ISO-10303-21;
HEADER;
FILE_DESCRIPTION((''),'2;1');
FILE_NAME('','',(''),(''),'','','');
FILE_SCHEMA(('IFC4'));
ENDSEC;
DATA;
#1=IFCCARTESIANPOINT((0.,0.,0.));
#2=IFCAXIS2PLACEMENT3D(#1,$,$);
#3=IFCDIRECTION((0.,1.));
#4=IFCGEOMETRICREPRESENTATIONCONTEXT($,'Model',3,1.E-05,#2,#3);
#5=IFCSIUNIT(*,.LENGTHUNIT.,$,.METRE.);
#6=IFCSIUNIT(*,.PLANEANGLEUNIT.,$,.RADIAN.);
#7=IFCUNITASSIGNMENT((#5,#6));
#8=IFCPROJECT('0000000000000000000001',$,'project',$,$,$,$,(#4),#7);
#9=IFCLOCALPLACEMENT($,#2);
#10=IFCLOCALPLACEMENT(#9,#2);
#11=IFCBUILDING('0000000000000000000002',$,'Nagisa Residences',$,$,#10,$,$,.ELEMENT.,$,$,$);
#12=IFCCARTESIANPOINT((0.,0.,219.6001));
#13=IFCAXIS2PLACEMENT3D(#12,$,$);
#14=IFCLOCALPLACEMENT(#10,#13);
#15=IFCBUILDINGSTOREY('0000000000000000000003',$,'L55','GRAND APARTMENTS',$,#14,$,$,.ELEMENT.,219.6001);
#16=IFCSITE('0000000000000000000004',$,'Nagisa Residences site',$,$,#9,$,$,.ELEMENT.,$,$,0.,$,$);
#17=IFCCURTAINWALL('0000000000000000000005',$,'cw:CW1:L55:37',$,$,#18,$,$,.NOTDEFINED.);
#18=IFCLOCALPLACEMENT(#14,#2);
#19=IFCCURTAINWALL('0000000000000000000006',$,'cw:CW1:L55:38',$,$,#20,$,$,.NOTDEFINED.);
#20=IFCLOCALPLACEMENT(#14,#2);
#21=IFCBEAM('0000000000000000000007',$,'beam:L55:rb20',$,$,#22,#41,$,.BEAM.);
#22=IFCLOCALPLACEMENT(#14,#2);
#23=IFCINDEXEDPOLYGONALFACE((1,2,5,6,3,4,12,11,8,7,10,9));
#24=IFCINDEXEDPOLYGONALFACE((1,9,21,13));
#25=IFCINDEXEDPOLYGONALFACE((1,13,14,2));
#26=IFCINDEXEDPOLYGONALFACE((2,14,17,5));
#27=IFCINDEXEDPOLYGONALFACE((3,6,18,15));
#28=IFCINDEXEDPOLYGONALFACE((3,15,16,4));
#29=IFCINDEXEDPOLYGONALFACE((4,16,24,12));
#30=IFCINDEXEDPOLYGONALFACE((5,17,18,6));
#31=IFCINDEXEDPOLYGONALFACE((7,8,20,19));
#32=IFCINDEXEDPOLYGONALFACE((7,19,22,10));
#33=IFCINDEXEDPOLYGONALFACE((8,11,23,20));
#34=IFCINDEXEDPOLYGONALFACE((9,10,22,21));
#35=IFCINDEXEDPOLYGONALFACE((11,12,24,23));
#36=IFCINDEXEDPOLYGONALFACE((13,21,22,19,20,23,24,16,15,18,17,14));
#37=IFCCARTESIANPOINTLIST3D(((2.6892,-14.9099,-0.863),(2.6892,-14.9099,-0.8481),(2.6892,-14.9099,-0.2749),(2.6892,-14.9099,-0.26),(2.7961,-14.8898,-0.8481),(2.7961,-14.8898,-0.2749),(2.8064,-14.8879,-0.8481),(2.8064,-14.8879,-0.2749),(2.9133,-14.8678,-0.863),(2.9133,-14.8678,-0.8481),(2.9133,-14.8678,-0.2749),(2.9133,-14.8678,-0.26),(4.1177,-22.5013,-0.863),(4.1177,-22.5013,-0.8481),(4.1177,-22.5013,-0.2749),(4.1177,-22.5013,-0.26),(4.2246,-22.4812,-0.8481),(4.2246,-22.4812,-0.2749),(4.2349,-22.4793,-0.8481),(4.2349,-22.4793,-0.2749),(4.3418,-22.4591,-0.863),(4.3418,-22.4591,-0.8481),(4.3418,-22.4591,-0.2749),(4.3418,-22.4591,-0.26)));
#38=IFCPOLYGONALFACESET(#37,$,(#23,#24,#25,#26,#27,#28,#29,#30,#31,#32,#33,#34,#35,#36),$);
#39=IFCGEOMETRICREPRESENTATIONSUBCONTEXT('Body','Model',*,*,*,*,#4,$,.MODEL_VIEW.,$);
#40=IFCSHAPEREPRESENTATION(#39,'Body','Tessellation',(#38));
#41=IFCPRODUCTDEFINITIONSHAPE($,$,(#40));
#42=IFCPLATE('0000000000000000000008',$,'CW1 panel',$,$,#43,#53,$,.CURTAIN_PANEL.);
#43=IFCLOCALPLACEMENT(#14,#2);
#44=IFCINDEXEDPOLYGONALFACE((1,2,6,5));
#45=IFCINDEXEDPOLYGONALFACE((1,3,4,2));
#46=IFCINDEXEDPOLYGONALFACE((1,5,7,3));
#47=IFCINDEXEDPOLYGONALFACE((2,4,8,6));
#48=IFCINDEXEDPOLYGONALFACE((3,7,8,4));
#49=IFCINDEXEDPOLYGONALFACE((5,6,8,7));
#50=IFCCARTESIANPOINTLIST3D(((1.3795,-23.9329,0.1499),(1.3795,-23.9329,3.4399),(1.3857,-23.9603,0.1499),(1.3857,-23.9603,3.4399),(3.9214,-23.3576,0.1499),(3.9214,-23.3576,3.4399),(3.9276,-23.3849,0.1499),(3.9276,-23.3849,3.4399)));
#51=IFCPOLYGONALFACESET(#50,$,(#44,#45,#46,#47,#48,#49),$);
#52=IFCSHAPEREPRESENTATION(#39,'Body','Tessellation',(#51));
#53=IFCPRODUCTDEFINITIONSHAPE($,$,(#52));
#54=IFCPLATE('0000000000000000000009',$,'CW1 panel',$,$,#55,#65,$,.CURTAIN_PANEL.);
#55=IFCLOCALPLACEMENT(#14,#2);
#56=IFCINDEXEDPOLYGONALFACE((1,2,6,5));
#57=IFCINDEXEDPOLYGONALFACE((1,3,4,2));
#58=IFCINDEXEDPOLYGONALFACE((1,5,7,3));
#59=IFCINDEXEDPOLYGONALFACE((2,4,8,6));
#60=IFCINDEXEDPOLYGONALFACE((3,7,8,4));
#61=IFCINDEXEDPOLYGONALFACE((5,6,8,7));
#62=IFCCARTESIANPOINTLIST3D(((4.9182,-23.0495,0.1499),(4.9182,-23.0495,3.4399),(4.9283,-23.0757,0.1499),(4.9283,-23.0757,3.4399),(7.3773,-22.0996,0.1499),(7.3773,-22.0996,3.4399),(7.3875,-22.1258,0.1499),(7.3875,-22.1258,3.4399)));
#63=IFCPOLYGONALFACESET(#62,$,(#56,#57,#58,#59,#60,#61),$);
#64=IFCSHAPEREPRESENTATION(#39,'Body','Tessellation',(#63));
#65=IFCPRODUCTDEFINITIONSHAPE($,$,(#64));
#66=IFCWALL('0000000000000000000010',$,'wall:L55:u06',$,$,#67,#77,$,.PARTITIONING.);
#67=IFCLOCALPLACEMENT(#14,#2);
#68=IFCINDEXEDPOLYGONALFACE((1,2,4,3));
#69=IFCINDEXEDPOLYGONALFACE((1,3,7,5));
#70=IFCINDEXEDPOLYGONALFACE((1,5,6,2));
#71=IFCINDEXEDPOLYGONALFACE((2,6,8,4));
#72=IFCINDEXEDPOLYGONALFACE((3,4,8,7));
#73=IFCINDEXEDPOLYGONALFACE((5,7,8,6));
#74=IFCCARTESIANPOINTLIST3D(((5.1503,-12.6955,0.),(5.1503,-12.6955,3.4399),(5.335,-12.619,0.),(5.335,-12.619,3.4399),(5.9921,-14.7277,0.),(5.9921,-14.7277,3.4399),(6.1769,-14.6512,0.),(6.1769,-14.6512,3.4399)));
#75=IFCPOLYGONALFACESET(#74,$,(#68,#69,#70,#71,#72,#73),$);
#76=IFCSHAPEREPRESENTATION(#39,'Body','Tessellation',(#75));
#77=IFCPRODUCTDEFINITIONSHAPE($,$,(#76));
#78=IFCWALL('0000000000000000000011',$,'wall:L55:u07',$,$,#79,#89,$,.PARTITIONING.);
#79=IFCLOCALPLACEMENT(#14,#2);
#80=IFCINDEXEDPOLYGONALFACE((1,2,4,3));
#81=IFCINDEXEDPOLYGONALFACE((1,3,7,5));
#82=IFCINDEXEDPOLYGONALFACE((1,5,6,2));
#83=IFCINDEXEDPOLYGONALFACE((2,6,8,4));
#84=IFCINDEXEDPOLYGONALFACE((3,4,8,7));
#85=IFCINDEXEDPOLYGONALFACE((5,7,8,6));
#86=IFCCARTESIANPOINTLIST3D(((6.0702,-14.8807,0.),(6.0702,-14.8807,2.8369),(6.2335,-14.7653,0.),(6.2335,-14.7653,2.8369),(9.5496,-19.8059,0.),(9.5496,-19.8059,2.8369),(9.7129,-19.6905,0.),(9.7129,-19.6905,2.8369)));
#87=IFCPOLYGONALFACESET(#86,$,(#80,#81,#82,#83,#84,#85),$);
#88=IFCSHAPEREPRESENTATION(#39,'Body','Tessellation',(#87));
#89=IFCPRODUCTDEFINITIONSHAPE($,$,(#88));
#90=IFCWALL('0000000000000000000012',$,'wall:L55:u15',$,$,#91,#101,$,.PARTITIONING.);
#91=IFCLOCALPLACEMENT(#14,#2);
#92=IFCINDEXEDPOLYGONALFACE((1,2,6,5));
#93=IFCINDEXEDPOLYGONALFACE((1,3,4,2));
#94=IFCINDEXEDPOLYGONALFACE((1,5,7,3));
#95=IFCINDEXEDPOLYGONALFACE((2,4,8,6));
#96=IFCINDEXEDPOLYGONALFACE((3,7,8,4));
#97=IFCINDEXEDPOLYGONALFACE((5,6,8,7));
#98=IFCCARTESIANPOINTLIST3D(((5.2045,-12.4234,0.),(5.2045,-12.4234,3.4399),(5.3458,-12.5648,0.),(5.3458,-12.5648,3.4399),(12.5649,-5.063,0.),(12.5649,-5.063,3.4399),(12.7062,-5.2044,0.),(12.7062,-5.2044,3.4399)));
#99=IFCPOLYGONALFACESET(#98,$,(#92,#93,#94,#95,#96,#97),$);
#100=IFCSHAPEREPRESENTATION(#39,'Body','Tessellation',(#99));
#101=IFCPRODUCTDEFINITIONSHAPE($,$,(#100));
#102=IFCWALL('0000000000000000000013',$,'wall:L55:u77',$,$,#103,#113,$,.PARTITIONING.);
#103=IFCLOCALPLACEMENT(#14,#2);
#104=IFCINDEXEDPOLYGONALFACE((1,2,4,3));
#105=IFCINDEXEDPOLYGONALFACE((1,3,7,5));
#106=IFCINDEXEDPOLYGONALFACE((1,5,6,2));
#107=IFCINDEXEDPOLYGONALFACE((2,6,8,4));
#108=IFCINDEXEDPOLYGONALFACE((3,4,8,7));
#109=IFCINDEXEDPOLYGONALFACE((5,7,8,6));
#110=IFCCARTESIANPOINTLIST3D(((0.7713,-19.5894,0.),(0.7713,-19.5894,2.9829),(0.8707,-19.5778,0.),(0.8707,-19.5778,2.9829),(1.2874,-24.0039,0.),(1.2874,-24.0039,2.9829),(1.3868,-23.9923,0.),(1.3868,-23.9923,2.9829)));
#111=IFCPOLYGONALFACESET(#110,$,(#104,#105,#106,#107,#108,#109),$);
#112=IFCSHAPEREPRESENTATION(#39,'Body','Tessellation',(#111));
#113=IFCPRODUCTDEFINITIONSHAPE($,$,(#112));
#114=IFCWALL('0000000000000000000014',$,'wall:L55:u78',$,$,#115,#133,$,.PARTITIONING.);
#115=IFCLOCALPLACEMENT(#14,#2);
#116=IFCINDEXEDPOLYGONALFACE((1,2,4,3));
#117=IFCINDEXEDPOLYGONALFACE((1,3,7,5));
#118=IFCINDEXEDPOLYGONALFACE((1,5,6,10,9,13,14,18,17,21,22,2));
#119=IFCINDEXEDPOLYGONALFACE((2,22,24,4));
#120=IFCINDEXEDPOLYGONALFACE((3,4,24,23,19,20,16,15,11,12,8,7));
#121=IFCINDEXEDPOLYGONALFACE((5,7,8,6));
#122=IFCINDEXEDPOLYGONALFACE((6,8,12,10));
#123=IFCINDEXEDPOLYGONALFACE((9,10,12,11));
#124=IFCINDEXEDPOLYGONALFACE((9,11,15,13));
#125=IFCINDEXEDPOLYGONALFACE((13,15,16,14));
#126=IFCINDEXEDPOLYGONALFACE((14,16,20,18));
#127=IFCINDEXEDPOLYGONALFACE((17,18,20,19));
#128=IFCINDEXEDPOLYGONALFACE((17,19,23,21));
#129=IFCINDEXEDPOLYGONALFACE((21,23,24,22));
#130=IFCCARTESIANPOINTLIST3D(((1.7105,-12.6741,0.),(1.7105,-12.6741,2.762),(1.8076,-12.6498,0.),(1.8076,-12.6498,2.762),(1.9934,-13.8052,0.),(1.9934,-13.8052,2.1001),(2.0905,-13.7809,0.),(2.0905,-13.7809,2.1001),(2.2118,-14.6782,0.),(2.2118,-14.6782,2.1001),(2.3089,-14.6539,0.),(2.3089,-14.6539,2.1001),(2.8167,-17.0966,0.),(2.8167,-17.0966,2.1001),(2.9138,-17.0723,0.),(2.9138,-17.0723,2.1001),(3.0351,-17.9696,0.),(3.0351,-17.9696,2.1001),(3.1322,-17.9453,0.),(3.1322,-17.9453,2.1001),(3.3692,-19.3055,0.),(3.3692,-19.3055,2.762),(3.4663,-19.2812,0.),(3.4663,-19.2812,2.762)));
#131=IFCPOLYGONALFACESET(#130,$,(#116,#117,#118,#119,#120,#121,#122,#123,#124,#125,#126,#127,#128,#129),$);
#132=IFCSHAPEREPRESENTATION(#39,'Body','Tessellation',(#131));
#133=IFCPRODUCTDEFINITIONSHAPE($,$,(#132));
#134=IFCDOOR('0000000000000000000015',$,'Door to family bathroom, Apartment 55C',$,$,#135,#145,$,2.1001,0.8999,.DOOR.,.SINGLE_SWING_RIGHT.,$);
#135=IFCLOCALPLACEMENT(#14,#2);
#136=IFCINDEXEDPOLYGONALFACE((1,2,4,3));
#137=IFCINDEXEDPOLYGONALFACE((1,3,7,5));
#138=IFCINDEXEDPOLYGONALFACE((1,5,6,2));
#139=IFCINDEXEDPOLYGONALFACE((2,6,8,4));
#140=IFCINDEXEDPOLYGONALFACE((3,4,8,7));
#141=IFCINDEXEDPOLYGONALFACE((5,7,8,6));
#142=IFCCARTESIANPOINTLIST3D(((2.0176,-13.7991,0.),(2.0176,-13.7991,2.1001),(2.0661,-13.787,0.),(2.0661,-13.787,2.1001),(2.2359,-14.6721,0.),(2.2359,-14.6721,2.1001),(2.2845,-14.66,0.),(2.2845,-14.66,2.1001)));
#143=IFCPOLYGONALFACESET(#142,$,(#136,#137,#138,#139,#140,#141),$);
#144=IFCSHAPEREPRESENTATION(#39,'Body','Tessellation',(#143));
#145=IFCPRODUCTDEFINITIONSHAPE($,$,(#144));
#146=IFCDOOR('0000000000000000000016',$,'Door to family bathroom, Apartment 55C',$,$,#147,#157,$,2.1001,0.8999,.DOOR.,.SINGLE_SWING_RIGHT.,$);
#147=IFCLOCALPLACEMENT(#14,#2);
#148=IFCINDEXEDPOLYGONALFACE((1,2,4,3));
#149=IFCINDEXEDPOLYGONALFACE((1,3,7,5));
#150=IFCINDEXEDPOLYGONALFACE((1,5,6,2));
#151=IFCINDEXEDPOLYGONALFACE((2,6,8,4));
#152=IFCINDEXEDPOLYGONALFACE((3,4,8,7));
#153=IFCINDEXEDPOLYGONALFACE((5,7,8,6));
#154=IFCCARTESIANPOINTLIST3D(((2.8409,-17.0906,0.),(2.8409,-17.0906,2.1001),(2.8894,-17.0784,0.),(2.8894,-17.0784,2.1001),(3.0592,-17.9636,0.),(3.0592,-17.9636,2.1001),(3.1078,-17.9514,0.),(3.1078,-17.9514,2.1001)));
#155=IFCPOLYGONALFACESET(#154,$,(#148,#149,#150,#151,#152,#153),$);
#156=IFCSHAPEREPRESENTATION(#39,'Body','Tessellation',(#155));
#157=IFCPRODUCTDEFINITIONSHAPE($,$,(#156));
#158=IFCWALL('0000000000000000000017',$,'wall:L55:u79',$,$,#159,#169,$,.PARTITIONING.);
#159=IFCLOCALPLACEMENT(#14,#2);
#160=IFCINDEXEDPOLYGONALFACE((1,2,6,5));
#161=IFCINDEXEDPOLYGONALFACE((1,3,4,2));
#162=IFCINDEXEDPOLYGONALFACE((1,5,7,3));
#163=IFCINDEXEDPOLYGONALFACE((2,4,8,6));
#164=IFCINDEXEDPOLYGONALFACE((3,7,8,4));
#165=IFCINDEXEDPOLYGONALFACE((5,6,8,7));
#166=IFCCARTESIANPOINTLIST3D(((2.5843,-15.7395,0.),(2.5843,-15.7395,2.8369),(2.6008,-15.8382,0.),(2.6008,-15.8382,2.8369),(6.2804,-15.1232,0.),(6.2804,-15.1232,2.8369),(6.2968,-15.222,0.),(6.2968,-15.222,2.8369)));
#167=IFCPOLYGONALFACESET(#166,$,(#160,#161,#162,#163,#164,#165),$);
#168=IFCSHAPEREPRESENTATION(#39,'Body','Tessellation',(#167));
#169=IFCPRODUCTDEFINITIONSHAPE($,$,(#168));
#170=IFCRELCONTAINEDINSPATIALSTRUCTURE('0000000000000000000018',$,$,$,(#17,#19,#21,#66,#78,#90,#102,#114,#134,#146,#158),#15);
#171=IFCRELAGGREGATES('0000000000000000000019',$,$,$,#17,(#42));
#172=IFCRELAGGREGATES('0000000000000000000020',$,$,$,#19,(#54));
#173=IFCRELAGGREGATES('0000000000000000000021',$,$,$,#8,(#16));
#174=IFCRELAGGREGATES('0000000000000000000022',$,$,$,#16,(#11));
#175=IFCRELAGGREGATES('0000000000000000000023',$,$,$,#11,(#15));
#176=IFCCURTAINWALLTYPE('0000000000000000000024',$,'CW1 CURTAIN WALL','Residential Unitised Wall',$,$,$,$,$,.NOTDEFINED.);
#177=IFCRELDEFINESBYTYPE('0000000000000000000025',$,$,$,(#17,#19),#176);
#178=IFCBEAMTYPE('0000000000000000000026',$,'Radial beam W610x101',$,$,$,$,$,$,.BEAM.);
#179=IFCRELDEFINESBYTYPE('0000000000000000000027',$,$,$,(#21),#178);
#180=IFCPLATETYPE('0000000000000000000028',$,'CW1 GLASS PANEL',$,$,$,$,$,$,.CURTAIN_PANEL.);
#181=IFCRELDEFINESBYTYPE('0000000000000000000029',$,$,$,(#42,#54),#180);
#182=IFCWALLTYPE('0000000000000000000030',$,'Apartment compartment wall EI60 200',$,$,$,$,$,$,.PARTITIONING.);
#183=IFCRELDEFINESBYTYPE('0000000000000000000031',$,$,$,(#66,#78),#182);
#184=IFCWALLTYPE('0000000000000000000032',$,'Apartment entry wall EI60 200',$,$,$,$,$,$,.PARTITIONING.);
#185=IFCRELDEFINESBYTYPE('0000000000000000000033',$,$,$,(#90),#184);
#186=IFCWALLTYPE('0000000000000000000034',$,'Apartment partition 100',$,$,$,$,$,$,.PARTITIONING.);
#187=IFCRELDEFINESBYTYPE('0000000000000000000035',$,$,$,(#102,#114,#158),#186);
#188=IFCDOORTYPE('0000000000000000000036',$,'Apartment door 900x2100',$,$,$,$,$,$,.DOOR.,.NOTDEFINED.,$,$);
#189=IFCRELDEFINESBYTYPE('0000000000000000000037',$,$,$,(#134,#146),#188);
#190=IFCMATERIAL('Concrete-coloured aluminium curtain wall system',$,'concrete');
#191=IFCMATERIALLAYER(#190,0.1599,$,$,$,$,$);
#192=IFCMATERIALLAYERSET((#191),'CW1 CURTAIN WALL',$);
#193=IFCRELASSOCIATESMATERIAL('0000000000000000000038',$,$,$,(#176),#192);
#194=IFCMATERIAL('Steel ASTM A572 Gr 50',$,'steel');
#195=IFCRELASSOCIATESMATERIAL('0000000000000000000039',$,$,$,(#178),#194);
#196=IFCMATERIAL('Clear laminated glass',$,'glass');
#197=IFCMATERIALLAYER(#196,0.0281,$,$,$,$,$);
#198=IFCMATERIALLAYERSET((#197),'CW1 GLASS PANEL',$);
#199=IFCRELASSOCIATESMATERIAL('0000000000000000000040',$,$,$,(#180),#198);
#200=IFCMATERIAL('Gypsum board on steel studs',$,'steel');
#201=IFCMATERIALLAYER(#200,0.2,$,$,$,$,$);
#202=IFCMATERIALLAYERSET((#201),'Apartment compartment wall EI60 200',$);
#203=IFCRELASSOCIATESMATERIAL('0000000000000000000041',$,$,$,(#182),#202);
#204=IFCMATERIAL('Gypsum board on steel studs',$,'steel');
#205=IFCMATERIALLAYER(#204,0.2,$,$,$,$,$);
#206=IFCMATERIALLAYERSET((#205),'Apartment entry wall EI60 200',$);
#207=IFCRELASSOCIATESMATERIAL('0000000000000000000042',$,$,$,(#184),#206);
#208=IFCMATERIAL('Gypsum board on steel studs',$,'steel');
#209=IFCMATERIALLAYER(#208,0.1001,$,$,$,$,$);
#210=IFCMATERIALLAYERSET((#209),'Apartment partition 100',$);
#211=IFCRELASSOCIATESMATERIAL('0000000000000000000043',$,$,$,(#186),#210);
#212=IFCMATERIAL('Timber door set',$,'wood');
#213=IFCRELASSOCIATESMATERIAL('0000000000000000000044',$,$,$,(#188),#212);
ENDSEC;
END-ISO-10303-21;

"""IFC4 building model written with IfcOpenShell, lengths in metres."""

from ifc_helpers import new_model, si_unit, direction, frame, frame_2d, origin, origin_2d, place, context, subcontext, project, spatial, rectangle, i_section, extrude, material, layer, layer_set, material_profile, profile_set, type_object, element, fill, aggregate, save


model = new_model("IFC4")

# Units and contexts
model_context = context("Model", 3, precision=1e-05, world=origin(), true_north=direction((0.0, 1.0)))
body_context = subcontext(model_context, "Body", "Model", "MODEL_VIEW")
ifc_project = project(units=[si_unit("LENGTHUNIT", "METRE"), si_unit("PLANEANGLEUNIT", "RADIAN")], contexts=[model_context])

# Site, building, storey
site_placement = place(None, origin())
site = spatial("IfcSite", under=ifc_project, at=site_placement, Name="Nagisa Residences site", CompositionType="ELEMENT", RefElevation=0.0)
building_placement = place(site_placement, origin())
building = spatial("IfcBuilding", under=site, at=building_placement, Name="Nagisa Residences", CompositionType="ELEMENT")
storey_placement = place(building_placement, frame((0.0, 0.0, 219.6001)))
storey = spatial("IfcBuildingStorey", under=building, at=storey_placement, Name="L55", Description="GRAND APARTMENTS", CompositionType="ELEMENT", Elevation=219.6001)

# Curtain walls
ifc_material_1 = material(Name="Concrete-coloured aluminium curtain wall system", Category="concrete")
ifc_layer_1 = layer(ifc_material_1, 0.1599)
ifc_layer_set_1 = layer_set([ifc_layer_1], Name="CW1 CURTAIN WALL")
curtain_wall_type = type_object("IfcCurtainWallType", Name="CW1 CURTAIN WALL", Description="Residential Unitised Wall", PredefinedType="NOTDEFINED", material=ifc_layer_set_1)
curtain_wall_1_placement = place(storey_placement, origin())
curtain_wall_1 = element("IfcCurtainWall", 1, at=curtain_wall_1_placement, inside=storey, type_object=curtain_wall_type, Name="cw:CW1:L55:37", PredefinedType="NOTDEFINED")
curtain_wall_2_placement = place(storey_placement, origin())
curtain_wall_2 = element("IfcCurtainWall", 2, at=curtain_wall_2_placement, inside=storey, type_object=curtain_wall_type, Name="cw:CW1:L55:38", PredefinedType="NOTDEFINED")

# Beam
ifc_material_2 = material(Name="Steel ASTM A572 Gr 50", Category="steel")
ifc_material_profile_1 = material_profile(ifc_material_2, i_section(OverallWidth=0.228, OverallDepth=0.603, WebThickness=0.0105, FlangeThickness=0.0149, at=origin_2d()), Name="W610x101")
ifc_profile_set_1 = profile_set([ifc_material_profile_1], Name="Steel ASTM A572 Gr 50")
beam_type_1 = type_object("IfcBeamType", Name="Radial beam W610x101", PredefinedType="BEAM", material=ifc_profile_set_1)
beam_1_placement = place(storey_placement, frame((4.2297, -22.4802, -0.5615), z_axis=(-0.184926, 0.982752, 0.0), x_axis=(-0.982752, -0.184926, 0.0)))
element("IfcBeam", 3, at=beam_1_placement, inside=storey, type_object=beam_type_1, Name="beam:L55:rb20", PredefinedType="BEAM", context=body_context, shape_type="SweptSolid", body=[
    extrude(i_section(OverallWidth=0.228, OverallDepth=0.603, WebThickness=0.0105, FlangeThickness=0.0149, at=origin_2d()), origin(), (0.0, 0.0, 1.0), 7.7246),
])

# Plates
ifc_material_3 = material(Name="Clear laminated glass", Category="glass")
ifc_layer_2 = layer(ifc_material_3, 0.0281)
ifc_layer_set_2 = layer_set([ifc_layer_2], Name="CW1 GLASS PANEL")
plate_type = type_object("IfcPlateType", Name="CW1 GLASS PANEL", PredefinedType="CURTAIN_PANEL", material=ifc_layer_set_2)
plate_1_placement = place(storey_placement, frame((2.6536, -23.6589, 0.1499), z_axis=(0.0, 0.0, 1.0), x_axis=(0.975327, 0.220764, 0.0)))
plate_1 = element("IfcPlate", 4, at=plate_1_placement, type_object=plate_type, Name="CW1 panel", PredefinedType="CURTAIN_PANEL", context=body_context, shape_type="SweptSolid", body=[
    extrude(rectangle(XDim=2.6062, YDim=0.0281, at=origin_2d()), origin(), (0.0, 0.0, 1.0), 3.29),
])
aggregate(curtain_wall_1, [plate_1])
plate_2_placement = place(storey_placement, frame((6.1528, -22.5876, 0.1499), z_axis=(0.0, 0.0, 1.0), x_axis=(0.932826, 0.360328, 0.0)))
plate_2 = element("IfcPlate", 5, at=plate_2_placement, type_object=plate_type, Name="CW1 panel", PredefinedType="CURTAIN_PANEL", context=body_context, shape_type="SweptSolid", body=[
    extrude(rectangle(XDim=2.6362, YDim=0.0281, at=origin_2d()), origin(), (0.0, 0.0, 1.0), 3.29),
])
aggregate(curtain_wall_2, [plate_2])

# Walls
ifc_material_4 = material(Name="Gypsum board on steel studs", Category="steel")
ifc_layer_3 = layer(ifc_material_4, 0.2)
ifc_layer_set_3 = layer_set([ifc_layer_3], Name="Apartment compartment wall EI60 200")
wall_type_1 = type_object("IfcWallType", Name="Apartment compartment wall EI60 200", PredefinedType="PARTITIONING", material=ifc_layer_set_3)
wall_1_placement = place(storey_placement, frame((5.2427, -12.6572, 0.0), z_axis=(0.0, 0.0, 1.0), x_axis=(0.382692, -0.923876, 0.0)))
element("IfcWall", 6, at=wall_1_placement, inside=storey, type_object=wall_type_1, Name="wall:L55:u06", PredefinedType="PARTITIONING", context=body_context, shape_type="SweptSolid", body=[
    extrude(rectangle(XDim=2.1997, YDim=0.2, at=frame_2d((1.0999, 0.0))), origin(), (0.0, 0.0, 1.0), 3.4399),
])
wall_2_placement = place(storey_placement, frame((6.1519, -14.823, 0.0), z_axis=(0.0, 0.0, 1.0), x_axis=(0.576995, -0.816748, 0.0)))
element("IfcWall", 7, at=wall_2_placement, inside=storey, type_object=wall_type_1, Name="wall:L55:u07", PredefinedType="PARTITIONING", context=body_context, shape_type="SweptSolid", body=[
    extrude(rectangle(XDim=6.0303, YDim=0.2, at=frame_2d((3.0151, 0.0))), origin(), (0.0, 0.0, 1.0), 2.8369),
])
ifc_material_5 = material(Name="Gypsum board on steel studs", Category="steel")
ifc_layer_4 = layer(ifc_material_5, 0.2)
ifc_layer_set_4 = layer_set([ifc_layer_4], Name="Apartment entry wall EI60 200")
wall_type_2 = type_object("IfcWallType", Name="Apartment entry wall EI60 200", PredefinedType="PARTITIONING", material=ifc_layer_set_4)
wall_3_placement = place(storey_placement, frame((5.2751, -12.4941, 0.0), z_axis=(0.0, 0.0, 1.0), x_axis=(0.707107, 0.707107, 0.0)))
element("IfcWall", 8, at=wall_3_placement, inside=storey, type_object=wall_type_2, Name="wall:L55:u15", PredefinedType="PARTITIONING", context=body_context, shape_type="SweptSolid", body=[
    extrude(rectangle(XDim=10.4092, YDim=0.2, at=frame_2d((5.2046, 0.0))), origin(), (0.0, 0.0, 1.0), 3.4399),
])
ifc_material_6 = material(Name="Gypsum board on steel studs", Category="steel")
ifc_layer_5 = layer(ifc_material_6, 0.1001)
ifc_layer_set_5 = layer_set([ifc_layer_5], Name="Apartment partition 100")
wall_type_3 = type_object("IfcWallType", Name="Apartment partition 100", PredefinedType="PARTITIONING", material=ifc_layer_set_5)
wall_4_placement = place(storey_placement, frame((0.821, -19.5837, 0.0), z_axis=(0.0, 0.0, 1.0), x_axis=(0.116121, -0.993235, 0.0)))
element("IfcWall", 9, at=wall_4_placement, inside=storey, type_object=wall_type_3, Name="wall:L55:u77", PredefinedType="PARTITIONING", context=body_context, shape_type="SweptSolid", body=[
    extrude(rectangle(XDim=4.4446, YDim=0.1001, at=frame_2d((2.2222, 0.0))), origin(), (0.0, 0.0, 1.0), 2.9829),
])

# Wall, openings, doors
wall_5_placement = place(storey_placement, frame((1.759, -12.6619, 0.0), z_axis=(0.0, 0.0, 1.0), x_axis=(0.242653, -0.970113, 0.0)))
wall_5 = element("IfcWall", 10, at=wall_5_placement, inside=storey, type_object=wall_type_3, Name="wall:L55:u78", PredefinedType="PARTITIONING", context=body_context, shape_type="SweptSolid", body=[
    extrude(rectangle(XDim=6.8357, YDim=0.1001, at=frame_2d((3.418, 0.0))), origin(), (0.0, 0.0, 1.0), 2.762),
])
opening_1_placement = place(wall_5_placement, frame((1.166, 0.0, 0.0)))
opening_1 = element("IfcOpeningElement", 11, at=opening_1_placement, cuts=wall_5, PredefinedType="OPENING", context=body_context, shape_type="SweptSolid", body=[
    extrude(rectangle(XDim=0.8999, YDim=2.1001, at=frame_2d((0.45, 1.05))), frame((0.0, 0.0601, 0.0), z_axis=(0.0, -1.0, 0.0), x_axis=(1.0, 0.0, 0.0)), (0.0, 0.0, 1.0), 0.1201),
])
opening_2_placement = place(wall_5_placement, frame((4.5588, 0.0, 0.0)))
opening_2 = element("IfcOpeningElement", 12, at=opening_2_placement, cuts=wall_5, PredefinedType="OPENING", context=body_context, shape_type="SweptSolid", body=[
    extrude(rectangle(XDim=0.8999, YDim=2.1001, at=frame_2d((0.45, 1.05))), frame((0.0, 0.0601, 0.0), z_axis=(0.0, -1.0, 0.0), x_axis=(1.0, 0.0, 0.0)), (0.0, 0.0, 1.0), 0.1201),
])
ifc_material_7 = material(Name="Timber door set", Category="wood")
door_type_1 = type_object("IfcDoorType", Name="Apartment door 900x2100", OperationType="NOTDEFINED", PredefinedType="DOOR", material=ifc_material_7)
door_1_placement = place(opening_1_placement, origin())
door_1 = element("IfcDoor", 13, at=door_1_placement, inside=storey, type_object=door_type_1, Name="Door to family bathroom, Apartment 55C", OperationType="SINGLE_SWING_RIGHT", OverallHeight=2.1001, OverallWidth=0.8999, PredefinedType="DOOR", context=body_context, shape_type="SweptSolid", body=[
    extrude(rectangle(XDim=0.8999, YDim=2.1001, at=frame_2d((0.45, 1.05))), frame((0.0, 0.0249, 0.0), z_axis=(0.0, -1.0, 0.0), x_axis=(1.0, 0.0, 0.0)), (0.0, 0.0, 1.0), 0.05),
])
fill(opening_1, door_1)
door_2_placement = place(opening_2_placement, origin())
door_2 = element("IfcDoor", 14, at=door_2_placement, inside=storey, type_object=door_type_1, Name="Door to family bathroom, Apartment 55C", OperationType="SINGLE_SWING_RIGHT", OverallHeight=2.1001, OverallWidth=0.8999, PredefinedType="DOOR", context=body_context, shape_type="SweptSolid", body=[
    extrude(rectangle(XDim=0.8999, YDim=2.1001, at=frame_2d((0.45, 1.05))), frame((0.0, 0.0249, 0.0), z_axis=(0.0, -1.0, 0.0), x_axis=(1.0, 0.0, 0.0)), (0.0, 0.0, 1.0), 0.05),
])
fill(opening_2, door_2)

# Wall
wall_6_placement = place(storey_placement, frame((2.5925, -15.7888, 0.0), z_axis=(0.0, 0.0, 1.0), x_axis=(0.986385, 0.164452, 0.0)))
element("IfcWall", 15, at=wall_6_placement, inside=storey, type_object=wall_type_3, Name="wall:L55:u79", PredefinedType="PARTITIONING", context=body_context, shape_type="SweptSolid", body=[
    extrude(rectangle(XDim=3.7471, YDim=0.1001, at=frame_2d((1.8735, 0.0))), origin(), (0.0, 0.0, 1.0), 2.8369),
])

save(model, "model.ifc")
